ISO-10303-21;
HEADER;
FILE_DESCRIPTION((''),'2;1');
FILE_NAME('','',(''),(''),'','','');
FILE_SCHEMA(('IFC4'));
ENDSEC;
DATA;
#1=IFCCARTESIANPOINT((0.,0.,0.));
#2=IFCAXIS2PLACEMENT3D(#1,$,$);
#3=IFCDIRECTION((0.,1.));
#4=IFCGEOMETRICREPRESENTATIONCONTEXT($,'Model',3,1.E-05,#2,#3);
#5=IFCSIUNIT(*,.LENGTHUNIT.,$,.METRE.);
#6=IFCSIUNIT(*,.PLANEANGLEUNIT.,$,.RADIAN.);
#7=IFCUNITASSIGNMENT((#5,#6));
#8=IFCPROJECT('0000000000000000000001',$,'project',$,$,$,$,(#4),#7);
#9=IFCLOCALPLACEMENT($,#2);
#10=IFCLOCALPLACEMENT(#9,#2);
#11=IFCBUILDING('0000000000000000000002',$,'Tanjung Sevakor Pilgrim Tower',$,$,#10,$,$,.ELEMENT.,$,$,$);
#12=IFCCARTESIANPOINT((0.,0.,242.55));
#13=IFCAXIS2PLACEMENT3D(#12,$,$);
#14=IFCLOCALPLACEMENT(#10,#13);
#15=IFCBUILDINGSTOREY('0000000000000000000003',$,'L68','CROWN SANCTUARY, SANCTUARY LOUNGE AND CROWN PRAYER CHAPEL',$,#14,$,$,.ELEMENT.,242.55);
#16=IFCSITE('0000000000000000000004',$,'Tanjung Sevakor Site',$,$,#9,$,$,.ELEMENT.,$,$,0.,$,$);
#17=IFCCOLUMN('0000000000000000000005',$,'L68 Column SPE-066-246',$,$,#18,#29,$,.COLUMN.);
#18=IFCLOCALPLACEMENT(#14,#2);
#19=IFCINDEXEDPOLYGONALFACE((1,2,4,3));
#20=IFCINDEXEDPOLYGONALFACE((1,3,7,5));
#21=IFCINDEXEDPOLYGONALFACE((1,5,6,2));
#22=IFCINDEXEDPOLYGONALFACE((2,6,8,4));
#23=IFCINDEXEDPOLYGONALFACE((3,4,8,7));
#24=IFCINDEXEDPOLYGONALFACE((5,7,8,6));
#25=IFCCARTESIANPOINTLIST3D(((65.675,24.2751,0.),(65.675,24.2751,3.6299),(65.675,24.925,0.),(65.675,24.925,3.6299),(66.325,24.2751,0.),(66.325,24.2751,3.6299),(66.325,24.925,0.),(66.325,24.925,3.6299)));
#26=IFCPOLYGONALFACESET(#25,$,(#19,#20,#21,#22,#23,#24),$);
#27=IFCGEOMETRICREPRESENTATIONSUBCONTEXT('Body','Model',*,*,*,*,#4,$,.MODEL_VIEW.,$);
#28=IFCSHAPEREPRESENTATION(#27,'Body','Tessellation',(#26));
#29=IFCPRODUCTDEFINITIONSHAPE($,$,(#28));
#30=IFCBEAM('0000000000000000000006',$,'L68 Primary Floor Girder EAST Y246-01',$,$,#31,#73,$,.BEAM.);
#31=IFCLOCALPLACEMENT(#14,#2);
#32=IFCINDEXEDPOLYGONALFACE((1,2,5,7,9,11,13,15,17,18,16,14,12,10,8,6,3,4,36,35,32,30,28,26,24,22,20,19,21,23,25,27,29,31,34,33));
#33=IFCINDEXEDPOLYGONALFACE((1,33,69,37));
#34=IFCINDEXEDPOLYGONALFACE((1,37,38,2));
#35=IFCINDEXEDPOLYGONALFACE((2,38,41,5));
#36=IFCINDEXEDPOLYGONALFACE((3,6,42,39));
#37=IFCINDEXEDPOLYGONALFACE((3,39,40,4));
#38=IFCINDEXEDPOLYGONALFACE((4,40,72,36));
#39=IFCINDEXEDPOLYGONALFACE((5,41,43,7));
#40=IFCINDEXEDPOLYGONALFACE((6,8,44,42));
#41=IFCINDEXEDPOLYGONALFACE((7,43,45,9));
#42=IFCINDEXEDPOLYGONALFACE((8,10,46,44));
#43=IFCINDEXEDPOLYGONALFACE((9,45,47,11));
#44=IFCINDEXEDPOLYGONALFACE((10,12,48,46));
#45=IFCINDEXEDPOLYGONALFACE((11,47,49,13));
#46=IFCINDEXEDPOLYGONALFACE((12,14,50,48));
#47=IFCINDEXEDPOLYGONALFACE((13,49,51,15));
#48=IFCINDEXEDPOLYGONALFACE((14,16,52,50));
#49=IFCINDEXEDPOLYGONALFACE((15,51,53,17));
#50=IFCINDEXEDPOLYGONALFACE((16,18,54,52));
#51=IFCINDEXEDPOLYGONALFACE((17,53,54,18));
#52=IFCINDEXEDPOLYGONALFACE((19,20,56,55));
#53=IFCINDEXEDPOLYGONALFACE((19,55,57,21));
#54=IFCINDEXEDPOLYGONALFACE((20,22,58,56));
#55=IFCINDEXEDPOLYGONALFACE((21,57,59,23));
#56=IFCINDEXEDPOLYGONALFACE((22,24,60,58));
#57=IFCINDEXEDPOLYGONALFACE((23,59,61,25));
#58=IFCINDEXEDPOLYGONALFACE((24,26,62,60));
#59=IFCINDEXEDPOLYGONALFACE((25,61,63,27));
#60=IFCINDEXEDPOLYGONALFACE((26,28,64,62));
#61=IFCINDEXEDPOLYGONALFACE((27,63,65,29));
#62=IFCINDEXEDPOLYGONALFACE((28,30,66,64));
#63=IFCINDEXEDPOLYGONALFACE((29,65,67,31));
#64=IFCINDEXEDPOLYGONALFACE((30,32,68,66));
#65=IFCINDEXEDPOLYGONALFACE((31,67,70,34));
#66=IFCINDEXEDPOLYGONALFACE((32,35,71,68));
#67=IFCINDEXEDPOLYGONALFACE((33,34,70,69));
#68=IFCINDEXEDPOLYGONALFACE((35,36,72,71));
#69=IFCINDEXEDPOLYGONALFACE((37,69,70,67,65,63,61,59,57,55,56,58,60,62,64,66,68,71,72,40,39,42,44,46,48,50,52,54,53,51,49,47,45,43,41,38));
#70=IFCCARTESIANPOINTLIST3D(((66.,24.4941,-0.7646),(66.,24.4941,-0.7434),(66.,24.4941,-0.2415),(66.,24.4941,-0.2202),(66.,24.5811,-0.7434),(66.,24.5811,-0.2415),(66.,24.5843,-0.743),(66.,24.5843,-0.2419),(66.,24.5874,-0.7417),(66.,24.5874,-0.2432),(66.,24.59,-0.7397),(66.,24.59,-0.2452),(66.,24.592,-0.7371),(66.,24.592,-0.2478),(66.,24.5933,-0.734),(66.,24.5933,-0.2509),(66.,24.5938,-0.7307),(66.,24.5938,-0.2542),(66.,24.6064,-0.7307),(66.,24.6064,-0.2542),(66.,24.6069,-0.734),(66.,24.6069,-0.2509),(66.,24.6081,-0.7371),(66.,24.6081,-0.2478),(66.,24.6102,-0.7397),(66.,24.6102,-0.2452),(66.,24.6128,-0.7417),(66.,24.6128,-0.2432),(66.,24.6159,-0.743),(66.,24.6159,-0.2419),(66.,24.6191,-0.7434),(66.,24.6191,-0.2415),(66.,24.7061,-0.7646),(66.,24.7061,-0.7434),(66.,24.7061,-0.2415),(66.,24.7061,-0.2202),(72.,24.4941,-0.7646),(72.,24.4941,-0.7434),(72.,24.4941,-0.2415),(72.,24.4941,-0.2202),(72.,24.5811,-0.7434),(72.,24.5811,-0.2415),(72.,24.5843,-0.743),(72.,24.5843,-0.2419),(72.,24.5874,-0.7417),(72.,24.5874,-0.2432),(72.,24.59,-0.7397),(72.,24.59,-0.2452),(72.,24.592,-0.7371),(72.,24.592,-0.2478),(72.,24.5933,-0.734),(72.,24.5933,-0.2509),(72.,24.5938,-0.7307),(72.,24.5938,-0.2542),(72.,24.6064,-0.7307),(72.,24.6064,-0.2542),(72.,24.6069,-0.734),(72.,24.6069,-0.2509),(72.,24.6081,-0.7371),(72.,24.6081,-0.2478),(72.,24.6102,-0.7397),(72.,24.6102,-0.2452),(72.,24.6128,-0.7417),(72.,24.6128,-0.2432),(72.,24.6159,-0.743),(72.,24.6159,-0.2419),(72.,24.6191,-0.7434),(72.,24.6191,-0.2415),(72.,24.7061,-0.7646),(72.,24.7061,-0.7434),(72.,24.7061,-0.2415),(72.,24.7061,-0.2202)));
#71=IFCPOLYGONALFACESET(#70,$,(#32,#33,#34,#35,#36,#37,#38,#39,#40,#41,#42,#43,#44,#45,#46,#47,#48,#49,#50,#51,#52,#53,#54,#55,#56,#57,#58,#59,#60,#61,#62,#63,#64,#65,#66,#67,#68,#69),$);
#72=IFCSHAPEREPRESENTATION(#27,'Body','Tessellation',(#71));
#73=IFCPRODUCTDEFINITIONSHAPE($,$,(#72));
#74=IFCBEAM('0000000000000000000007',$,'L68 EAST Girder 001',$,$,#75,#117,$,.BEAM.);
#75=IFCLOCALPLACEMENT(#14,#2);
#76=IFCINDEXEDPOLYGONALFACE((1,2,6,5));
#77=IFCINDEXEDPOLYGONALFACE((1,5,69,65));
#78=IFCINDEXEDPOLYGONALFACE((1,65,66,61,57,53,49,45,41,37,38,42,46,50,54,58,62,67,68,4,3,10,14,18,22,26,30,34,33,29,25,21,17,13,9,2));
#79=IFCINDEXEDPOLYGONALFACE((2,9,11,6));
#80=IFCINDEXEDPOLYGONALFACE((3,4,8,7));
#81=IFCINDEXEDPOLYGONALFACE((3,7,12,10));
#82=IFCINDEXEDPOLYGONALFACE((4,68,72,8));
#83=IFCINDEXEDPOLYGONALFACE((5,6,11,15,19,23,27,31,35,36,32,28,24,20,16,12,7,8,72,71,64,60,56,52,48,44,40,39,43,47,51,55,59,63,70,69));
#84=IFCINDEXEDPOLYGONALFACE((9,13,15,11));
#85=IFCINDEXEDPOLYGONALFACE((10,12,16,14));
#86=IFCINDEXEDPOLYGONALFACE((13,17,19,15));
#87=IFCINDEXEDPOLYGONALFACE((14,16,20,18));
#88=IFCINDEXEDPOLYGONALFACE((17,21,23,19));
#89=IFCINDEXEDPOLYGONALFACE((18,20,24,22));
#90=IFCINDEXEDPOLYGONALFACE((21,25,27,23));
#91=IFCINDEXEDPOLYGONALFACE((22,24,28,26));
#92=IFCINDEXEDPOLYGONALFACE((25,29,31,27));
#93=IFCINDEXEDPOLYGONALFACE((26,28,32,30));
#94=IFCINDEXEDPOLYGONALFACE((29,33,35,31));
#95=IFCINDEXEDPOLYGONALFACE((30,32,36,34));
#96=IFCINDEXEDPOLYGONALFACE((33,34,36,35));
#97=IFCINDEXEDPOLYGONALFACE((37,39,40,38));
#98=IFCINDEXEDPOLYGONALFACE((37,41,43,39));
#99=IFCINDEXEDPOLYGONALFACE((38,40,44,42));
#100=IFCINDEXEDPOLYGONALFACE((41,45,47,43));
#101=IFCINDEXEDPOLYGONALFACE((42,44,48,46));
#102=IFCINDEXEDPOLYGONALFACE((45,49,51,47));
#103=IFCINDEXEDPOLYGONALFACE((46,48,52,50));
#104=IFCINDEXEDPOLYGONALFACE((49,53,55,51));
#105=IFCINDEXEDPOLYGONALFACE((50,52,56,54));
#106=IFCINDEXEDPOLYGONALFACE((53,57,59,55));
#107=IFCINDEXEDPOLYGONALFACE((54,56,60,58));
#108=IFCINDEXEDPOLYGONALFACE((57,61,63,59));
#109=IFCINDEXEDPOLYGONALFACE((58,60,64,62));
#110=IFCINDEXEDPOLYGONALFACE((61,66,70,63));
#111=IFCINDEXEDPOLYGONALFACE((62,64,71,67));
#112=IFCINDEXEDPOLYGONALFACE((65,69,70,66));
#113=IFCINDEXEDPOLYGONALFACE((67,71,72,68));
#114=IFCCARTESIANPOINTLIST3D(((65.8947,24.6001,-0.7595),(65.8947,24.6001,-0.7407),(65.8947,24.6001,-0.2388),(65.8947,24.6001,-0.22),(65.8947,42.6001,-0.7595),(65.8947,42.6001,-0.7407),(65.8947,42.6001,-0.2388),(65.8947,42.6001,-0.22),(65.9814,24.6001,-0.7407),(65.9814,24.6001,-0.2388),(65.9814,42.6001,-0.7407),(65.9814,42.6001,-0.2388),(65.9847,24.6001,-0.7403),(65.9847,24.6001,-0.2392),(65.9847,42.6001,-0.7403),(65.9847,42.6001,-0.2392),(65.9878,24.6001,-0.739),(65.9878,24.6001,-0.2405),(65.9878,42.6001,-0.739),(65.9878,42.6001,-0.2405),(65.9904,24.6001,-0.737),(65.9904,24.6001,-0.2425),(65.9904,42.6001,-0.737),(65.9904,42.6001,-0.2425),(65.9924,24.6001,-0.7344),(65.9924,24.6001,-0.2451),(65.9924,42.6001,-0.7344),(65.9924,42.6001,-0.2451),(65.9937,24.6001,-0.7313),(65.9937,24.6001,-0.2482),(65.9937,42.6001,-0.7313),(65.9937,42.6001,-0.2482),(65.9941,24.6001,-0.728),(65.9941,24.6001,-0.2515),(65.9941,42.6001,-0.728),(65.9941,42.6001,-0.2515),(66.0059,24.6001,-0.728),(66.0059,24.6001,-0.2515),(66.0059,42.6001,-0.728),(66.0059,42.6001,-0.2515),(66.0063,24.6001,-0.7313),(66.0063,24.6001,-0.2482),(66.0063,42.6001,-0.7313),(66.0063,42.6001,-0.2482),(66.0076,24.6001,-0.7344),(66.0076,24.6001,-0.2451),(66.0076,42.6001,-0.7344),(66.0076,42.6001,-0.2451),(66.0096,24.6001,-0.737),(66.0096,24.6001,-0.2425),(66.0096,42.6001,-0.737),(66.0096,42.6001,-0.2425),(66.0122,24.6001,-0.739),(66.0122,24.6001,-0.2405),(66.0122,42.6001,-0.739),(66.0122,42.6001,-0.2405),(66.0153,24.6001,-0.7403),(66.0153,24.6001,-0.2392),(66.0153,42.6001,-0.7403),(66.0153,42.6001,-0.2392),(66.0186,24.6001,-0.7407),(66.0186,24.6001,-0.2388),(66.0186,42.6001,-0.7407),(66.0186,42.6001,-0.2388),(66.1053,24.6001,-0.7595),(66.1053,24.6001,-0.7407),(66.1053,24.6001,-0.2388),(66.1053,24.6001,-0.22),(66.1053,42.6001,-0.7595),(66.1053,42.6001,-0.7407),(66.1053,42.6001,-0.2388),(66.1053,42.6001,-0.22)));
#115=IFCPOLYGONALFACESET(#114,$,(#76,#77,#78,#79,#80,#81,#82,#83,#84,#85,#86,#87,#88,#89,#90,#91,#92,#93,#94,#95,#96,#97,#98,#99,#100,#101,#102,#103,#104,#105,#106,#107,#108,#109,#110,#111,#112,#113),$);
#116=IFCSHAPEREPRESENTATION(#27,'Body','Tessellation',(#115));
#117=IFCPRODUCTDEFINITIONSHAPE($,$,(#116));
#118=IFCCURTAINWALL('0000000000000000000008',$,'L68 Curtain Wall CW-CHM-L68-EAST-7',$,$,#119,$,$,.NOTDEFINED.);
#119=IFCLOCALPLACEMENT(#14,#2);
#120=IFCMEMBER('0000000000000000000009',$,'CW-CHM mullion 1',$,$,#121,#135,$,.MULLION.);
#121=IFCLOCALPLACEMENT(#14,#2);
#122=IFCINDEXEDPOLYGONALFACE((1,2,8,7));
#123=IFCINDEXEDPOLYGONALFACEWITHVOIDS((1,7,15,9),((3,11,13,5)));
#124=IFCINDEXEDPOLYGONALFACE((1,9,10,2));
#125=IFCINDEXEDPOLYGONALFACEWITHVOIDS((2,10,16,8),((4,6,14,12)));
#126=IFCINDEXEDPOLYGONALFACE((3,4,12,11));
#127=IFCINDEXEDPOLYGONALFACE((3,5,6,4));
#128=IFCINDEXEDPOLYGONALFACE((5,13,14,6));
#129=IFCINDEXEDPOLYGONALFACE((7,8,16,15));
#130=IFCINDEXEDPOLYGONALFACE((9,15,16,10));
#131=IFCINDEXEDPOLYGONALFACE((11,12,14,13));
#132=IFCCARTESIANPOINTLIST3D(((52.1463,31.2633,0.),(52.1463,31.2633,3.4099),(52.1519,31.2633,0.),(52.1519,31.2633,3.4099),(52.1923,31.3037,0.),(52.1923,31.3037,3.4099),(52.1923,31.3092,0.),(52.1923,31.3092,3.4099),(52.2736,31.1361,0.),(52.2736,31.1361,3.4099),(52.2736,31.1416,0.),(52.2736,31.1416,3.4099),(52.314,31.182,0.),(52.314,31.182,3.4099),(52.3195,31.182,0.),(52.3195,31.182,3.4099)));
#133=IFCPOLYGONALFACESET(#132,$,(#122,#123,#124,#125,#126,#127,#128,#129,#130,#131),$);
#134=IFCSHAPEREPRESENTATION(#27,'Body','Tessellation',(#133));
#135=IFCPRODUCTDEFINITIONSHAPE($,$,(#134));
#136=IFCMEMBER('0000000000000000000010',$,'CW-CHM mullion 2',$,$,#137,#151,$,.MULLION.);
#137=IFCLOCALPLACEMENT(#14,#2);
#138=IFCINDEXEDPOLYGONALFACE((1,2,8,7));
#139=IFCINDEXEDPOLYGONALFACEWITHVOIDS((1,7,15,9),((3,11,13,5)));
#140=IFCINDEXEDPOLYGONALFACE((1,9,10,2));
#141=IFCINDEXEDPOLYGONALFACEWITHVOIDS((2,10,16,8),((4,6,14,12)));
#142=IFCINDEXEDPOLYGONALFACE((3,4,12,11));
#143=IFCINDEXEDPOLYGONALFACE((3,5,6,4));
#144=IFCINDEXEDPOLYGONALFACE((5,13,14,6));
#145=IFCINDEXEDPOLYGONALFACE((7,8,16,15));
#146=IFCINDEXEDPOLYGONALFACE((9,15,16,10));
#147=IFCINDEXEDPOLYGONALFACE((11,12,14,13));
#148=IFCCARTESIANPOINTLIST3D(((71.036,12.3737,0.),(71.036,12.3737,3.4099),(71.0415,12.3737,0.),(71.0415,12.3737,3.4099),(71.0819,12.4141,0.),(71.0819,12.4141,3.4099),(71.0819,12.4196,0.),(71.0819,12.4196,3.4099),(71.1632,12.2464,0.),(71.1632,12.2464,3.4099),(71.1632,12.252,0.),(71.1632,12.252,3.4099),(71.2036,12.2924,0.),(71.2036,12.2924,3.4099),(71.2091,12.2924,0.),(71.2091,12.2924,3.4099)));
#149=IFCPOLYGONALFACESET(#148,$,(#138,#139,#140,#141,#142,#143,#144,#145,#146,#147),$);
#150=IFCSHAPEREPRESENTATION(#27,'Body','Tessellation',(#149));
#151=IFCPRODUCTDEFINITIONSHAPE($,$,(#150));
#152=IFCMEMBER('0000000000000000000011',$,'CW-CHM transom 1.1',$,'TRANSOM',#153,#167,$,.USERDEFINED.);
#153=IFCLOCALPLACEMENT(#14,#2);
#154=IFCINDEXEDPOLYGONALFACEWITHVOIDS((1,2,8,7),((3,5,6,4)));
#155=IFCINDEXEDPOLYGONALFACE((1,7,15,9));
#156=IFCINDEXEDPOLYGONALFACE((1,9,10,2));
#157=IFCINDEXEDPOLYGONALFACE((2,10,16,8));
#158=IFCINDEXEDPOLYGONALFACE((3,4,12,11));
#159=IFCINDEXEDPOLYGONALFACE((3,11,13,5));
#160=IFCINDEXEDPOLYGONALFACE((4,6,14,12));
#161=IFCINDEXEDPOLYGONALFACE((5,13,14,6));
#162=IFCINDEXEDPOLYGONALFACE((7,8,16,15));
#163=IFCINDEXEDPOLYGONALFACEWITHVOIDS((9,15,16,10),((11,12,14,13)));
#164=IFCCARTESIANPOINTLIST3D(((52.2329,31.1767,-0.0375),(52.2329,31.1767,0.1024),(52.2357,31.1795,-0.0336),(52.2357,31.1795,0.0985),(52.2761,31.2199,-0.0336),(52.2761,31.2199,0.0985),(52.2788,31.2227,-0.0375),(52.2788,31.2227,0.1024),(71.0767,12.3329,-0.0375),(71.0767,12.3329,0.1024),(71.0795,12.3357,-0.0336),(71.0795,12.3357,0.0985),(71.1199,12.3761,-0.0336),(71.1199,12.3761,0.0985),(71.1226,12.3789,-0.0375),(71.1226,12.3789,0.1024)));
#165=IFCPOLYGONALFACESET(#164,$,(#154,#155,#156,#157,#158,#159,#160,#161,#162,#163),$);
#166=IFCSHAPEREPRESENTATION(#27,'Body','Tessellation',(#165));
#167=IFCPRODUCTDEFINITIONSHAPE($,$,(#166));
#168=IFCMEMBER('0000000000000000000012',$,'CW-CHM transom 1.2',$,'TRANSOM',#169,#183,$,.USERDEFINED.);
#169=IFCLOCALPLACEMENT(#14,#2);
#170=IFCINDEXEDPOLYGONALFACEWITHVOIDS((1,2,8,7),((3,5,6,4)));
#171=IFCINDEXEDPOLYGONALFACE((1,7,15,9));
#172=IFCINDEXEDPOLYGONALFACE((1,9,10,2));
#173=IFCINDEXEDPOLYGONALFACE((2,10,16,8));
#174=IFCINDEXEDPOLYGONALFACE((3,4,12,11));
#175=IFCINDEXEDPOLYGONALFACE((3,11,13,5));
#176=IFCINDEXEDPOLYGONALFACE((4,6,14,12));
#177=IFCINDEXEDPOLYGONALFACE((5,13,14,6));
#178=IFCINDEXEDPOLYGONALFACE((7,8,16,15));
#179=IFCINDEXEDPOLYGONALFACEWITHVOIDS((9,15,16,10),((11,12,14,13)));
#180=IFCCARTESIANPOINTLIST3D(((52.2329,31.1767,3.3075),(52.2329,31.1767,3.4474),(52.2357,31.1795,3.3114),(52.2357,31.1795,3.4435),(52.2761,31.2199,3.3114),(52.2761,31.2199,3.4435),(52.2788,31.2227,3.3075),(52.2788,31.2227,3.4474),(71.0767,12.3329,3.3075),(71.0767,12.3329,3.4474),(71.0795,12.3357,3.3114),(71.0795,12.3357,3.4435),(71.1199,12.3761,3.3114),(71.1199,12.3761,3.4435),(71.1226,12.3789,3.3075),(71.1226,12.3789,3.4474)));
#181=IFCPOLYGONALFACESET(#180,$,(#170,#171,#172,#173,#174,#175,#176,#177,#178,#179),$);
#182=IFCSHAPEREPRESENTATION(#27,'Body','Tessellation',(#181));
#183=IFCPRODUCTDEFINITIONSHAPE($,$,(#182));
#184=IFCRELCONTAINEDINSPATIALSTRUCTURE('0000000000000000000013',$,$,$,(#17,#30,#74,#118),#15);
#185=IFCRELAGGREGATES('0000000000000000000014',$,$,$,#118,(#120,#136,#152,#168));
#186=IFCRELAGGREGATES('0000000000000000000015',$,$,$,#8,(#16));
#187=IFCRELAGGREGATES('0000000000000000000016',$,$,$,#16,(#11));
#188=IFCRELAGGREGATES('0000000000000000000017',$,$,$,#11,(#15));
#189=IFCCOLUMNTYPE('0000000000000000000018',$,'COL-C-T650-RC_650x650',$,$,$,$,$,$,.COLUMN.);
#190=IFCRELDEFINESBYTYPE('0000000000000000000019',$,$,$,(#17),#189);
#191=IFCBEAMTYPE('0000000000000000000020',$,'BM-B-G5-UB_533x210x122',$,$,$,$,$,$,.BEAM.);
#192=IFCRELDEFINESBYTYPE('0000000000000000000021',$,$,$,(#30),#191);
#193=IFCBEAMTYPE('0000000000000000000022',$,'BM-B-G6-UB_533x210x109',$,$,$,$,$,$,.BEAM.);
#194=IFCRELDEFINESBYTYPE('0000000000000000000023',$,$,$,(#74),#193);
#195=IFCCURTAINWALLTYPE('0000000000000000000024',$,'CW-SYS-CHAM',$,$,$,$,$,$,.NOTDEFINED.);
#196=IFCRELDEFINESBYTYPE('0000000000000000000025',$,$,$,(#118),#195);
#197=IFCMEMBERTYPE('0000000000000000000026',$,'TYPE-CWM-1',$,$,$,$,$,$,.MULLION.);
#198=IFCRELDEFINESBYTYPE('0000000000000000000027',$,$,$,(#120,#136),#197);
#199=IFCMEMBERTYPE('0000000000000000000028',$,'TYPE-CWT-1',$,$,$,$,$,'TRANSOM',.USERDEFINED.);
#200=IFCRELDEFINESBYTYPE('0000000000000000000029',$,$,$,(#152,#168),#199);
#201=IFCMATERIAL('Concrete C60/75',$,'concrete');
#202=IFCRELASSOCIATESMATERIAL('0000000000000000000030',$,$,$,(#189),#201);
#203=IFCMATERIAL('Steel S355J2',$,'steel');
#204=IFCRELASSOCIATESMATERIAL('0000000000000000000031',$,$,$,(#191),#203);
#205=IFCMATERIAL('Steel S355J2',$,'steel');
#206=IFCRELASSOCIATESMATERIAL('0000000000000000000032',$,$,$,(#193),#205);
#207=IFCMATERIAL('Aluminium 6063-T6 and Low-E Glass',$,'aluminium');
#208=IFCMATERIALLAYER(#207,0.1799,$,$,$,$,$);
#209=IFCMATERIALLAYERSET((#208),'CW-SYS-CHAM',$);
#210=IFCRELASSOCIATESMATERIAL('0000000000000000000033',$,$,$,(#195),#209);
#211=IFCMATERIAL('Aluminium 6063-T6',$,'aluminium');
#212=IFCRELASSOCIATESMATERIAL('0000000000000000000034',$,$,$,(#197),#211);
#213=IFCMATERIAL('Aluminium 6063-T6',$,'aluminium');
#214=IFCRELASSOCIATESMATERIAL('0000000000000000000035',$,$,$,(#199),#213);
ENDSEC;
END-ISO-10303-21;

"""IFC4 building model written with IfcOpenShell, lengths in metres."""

from ifc_helpers import new_model, si_unit, direction, frame, origin, origin_2d, place, context, subcontext, project, spatial, rectangle, hollow_rectangle, i_section, extrude, material, layer, layer_set, material_profile, profile_set, type_object, element, aggregate, save


model = new_model("IFC4")

# Units and contexts
model_context = context("Model", 3, precision=1e-05, world=origin(), true_north=direction((0.0, 1.0)))
body_context = subcontext(model_context, "Body", "Model", "MODEL_VIEW")
ifc_project = project(units=[si_unit("LENGTHUNIT", "METRE"), si_unit("PLANEANGLEUNIT", "RADIAN")], contexts=[model_context])

# Site, building, storey
site_placement = place(None, origin())
site = spatial("IfcSite", under=ifc_project, at=site_placement, Name="Tanjung Sevakor Site", CompositionType="ELEMENT", RefElevation=0.0)
building_placement = place(site_placement, origin())
building = spatial("IfcBuilding", under=site, at=building_placement, Name="Tanjung Sevakor Pilgrim Tower", CompositionType="ELEMENT")
storey_placement = place(building_placement, frame((0.0, 0.0, 242.55)))
storey = spatial("IfcBuildingStorey", under=building, at=storey_placement, Name="L68", Description="CROWN SANCTUARY, SANCTUARY LOUNGE AND CROWN PRAYER CHAPEL", CompositionType="ELEMENT", Elevation=242.55)

# Column
ifc_material_1 = material(Name="Concrete C60/75", Category="concrete")
ifc_material_profile_1 = material_profile(ifc_material_1, rectangle(XDim=0.6499, YDim=0.6499, at=origin_2d()))
ifc_profile_set_1 = profile_set([ifc_material_profile_1], Name="Concrete C60/75")
column_type = type_object("IfcColumnType", Name="COL-C-T650-RC_650x650", PredefinedType="COLUMN", material=ifc_profile_set_1)
column_placement = place(storey_placement, frame((66.0, 24.6001, 0.0), z_axis=(0.0, 0.0, 1.0), x_axis=(1.0, 0.0, 0.0)))
element("IfcColumn", 1, at=column_placement, inside=storey, type_object=column_type, Name="L68 Column SPE-066-246", PredefinedType="COLUMN", context=body_context, shape_type="SweptSolid", body=[
    extrude(rectangle(XDim=0.6499, YDim=0.6499, at=origin_2d()), origin(), (0.0, 0.0, 1.0), 3.6299),
])

# Beams
ifc_material_2 = material(Name="Steel S355J2", Category="steel")
ifc_material_profile_2 = material_profile(ifc_material_2, i_section(OverallWidth=0.2119, OverallDepth=0.5444, WebThickness=0.0127, FlangeThickness=0.0212, FilletRadius=0.0127, at=origin_2d()))
ifc_profile_set_2 = profile_set([ifc_material_profile_2], Name="Steel S355J2")
beam_type_1 = type_object("IfcBeamType", Name="BM-B-G5-UB_533x210x122", PredefinedType="BEAM", material=ifc_profile_set_2)
beam_1_placement = place(storey_placement, frame((66.0, 24.6001, -0.4924), z_axis=(1.0, 0.0, 0.0), x_axis=(0.0, 1.0, 0.0)))
element("IfcBeam", 2, at=beam_1_placement, inside=storey, type_object=beam_type_1, Name="L68 Primary Floor Girder EAST Y246-01", PredefinedType="BEAM", context=body_context, shape_type="SweptSolid", body=[
    extrude(i_section(OverallWidth=0.2119, OverallDepth=0.5444, WebThickness=0.0127, FlangeThickness=0.0212, FilletRadius=0.0127, at=origin_2d()), origin(), (0.0, 0.0, 1.0), 6.0),
])
ifc_material_3 = material(Name="Steel S355J2", Category="steel")
ifc_material_profile_3 = material_profile(ifc_material_3, i_section(OverallWidth=0.2107, OverallDepth=0.5396, WebThickness=0.0117, FlangeThickness=0.0188, FilletRadius=0.0127, at=origin_2d()))
ifc_profile_set_3 = profile_set([ifc_material_profile_3], Name="Steel S355J2")
beam_type_2 = type_object("IfcBeamType", Name="BM-B-G6-UB_533x210x109", PredefinedType="BEAM", material=ifc_profile_set_3)
beam_2_placement = place(storey_placement, frame((66.0, 24.6001, -0.4897), z_axis=(0.0, 1.0, 0.0), x_axis=(-1.0, 0.0, 0.0)))
element("IfcBeam", 3, at=beam_2_placement, inside=storey, type_object=beam_type_2, Name="L68 EAST Girder 001", PredefinedType="BEAM", context=body_context, shape_type="SweptSolid", body=[
    extrude(i_section(OverallWidth=0.2107, OverallDepth=0.5396, WebThickness=0.0117, FlangeThickness=0.0188, FilletRadius=0.0127, at=origin_2d()), origin(), (0.0, 0.0, 1.0), 18.0),
])

# Curtain wall, members
ifc_material_4 = material(Name="Aluminium 6063-T6 and Low-E Glass", Category="aluminium")
ifc_layer_1 = layer(ifc_material_4, 0.1799)
ifc_layer_set_1 = layer_set([ifc_layer_1], Name="CW-SYS-CHAM")
curtain_wall_type = type_object("IfcCurtainWallType", Name="CW-SYS-CHAM", PredefinedType="NOTDEFINED", material=ifc_layer_set_1)
curtain_wall_placement = place(storey_placement, origin())
curtain_wall = element("IfcCurtainWall", 4, at=curtain_wall_placement, inside=storey, type_object=curtain_wall_type, Name="L68 Curtain Wall CW-CHM-L68-EAST-7", PredefinedType="NOTDEFINED")
ifc_material_5 = material(Name="Aluminium 6063-T6", Category="aluminium")
ifc_material_profile_4 = material_profile(ifc_material_5, hollow_rectangle(XDim=0.0649, YDim=0.1799, WallThickness=0.0039, at=origin_2d()))
ifc_profile_set_4 = profile_set([ifc_material_profile_4], Name="Aluminium 6063-T6")
member_type_1 = type_object("IfcMemberType", Name="TYPE-CWM-1", PredefinedType="MULLION", material=ifc_profile_set_4)
member_1_placement = place(storey_placement, frame((52.2329, 31.2227, 0.0), z_axis=(0.0, 0.0, 1.0), x_axis=(0.707107, 0.707107, 0.0)))
member_1 = element("IfcMember", 5, at=member_1_placement, type_object=member_type_1, Name="CW-CHM mullion 1", PredefinedType="MULLION", context=body_context, shape_type="SweptSolid", body=[
    extrude(hollow_rectangle(XDim=0.0649, YDim=0.1799, WallThickness=0.0039, at=origin_2d()), origin(), (0.0, 0.0, 1.0), 3.4099),
])
member_2_placement = place(storey_placement, frame((71.1226, 12.333, 0.0), z_axis=(0.0, 0.0, 1.0), x_axis=(0.707107, 0.707107, 0.0)))
member_2 = element("IfcMember", 6, at=member_2_placement, type_object=member_type_1, Name="CW-CHM mullion 2", PredefinedType="MULLION", context=body_context, shape_type="SweptSolid", body=[
    extrude(hollow_rectangle(XDim=0.0649, YDim=0.1799, WallThickness=0.0039, at=origin_2d()), origin(), (0.0, 0.0, 1.0), 3.4099),
])
ifc_material_6 = material(Name="Aluminium 6063-T6", Category="aluminium")
ifc_material_profile_5 = material_profile(ifc_material_6, hollow_rectangle(XDim=0.0649, YDim=0.1399, WallThickness=0.0039, at=origin_2d()))
ifc_profile_set_5 = profile_set([ifc_material_profile_5], Name="Aluminium 6063-T6")
member_type_2 = type_object("IfcMemberType", Name="TYPE-CWT-1", ElementType="TRANSOM", PredefinedType="USERDEFINED", material=ifc_profile_set_5)
member_3_placement = place(storey_placement, frame((52.2559, 31.1997, 0.0325), z_axis=(0.707107, -0.707107, 0.0), x_axis=(0.707107, 0.707107, 0.0)))
member_3 = element("IfcMember", 7, at=member_3_placement, type_object=member_type_2, Name="CW-CHM transom 1.1", ObjectType="TRANSOM", PredefinedType="USERDEFINED", context=body_context, shape_type="SweptSolid", body=[
    extrude(hollow_rectangle(XDim=0.0649, YDim=0.1399, WallThickness=0.0039, at=origin_2d()), origin(), (0.0, 0.0, 1.0), 26.6492),
])
member_4_placement = place(storey_placement, frame((52.2559, 31.1997, 3.3774), z_axis=(0.707107, -0.707107, 0.0), x_axis=(0.707107, 0.707107, 0.0)))
member_4 = element("IfcMember", 8, at=member_4_placement, type_object=member_type_2, Name="CW-CHM transom 1.2", ObjectType="TRANSOM", PredefinedType="USERDEFINED", context=body_context, shape_type="SweptSolid", body=[
    extrude(hollow_rectangle(XDim=0.0649, YDim=0.1399, WallThickness=0.0039, at=origin_2d()), origin(), (0.0, 0.0, 1.0), 26.6492),
])
aggregate(curtain_wall, [member_1, member_2, member_3, member_4])

save(model, "model.ifc")
